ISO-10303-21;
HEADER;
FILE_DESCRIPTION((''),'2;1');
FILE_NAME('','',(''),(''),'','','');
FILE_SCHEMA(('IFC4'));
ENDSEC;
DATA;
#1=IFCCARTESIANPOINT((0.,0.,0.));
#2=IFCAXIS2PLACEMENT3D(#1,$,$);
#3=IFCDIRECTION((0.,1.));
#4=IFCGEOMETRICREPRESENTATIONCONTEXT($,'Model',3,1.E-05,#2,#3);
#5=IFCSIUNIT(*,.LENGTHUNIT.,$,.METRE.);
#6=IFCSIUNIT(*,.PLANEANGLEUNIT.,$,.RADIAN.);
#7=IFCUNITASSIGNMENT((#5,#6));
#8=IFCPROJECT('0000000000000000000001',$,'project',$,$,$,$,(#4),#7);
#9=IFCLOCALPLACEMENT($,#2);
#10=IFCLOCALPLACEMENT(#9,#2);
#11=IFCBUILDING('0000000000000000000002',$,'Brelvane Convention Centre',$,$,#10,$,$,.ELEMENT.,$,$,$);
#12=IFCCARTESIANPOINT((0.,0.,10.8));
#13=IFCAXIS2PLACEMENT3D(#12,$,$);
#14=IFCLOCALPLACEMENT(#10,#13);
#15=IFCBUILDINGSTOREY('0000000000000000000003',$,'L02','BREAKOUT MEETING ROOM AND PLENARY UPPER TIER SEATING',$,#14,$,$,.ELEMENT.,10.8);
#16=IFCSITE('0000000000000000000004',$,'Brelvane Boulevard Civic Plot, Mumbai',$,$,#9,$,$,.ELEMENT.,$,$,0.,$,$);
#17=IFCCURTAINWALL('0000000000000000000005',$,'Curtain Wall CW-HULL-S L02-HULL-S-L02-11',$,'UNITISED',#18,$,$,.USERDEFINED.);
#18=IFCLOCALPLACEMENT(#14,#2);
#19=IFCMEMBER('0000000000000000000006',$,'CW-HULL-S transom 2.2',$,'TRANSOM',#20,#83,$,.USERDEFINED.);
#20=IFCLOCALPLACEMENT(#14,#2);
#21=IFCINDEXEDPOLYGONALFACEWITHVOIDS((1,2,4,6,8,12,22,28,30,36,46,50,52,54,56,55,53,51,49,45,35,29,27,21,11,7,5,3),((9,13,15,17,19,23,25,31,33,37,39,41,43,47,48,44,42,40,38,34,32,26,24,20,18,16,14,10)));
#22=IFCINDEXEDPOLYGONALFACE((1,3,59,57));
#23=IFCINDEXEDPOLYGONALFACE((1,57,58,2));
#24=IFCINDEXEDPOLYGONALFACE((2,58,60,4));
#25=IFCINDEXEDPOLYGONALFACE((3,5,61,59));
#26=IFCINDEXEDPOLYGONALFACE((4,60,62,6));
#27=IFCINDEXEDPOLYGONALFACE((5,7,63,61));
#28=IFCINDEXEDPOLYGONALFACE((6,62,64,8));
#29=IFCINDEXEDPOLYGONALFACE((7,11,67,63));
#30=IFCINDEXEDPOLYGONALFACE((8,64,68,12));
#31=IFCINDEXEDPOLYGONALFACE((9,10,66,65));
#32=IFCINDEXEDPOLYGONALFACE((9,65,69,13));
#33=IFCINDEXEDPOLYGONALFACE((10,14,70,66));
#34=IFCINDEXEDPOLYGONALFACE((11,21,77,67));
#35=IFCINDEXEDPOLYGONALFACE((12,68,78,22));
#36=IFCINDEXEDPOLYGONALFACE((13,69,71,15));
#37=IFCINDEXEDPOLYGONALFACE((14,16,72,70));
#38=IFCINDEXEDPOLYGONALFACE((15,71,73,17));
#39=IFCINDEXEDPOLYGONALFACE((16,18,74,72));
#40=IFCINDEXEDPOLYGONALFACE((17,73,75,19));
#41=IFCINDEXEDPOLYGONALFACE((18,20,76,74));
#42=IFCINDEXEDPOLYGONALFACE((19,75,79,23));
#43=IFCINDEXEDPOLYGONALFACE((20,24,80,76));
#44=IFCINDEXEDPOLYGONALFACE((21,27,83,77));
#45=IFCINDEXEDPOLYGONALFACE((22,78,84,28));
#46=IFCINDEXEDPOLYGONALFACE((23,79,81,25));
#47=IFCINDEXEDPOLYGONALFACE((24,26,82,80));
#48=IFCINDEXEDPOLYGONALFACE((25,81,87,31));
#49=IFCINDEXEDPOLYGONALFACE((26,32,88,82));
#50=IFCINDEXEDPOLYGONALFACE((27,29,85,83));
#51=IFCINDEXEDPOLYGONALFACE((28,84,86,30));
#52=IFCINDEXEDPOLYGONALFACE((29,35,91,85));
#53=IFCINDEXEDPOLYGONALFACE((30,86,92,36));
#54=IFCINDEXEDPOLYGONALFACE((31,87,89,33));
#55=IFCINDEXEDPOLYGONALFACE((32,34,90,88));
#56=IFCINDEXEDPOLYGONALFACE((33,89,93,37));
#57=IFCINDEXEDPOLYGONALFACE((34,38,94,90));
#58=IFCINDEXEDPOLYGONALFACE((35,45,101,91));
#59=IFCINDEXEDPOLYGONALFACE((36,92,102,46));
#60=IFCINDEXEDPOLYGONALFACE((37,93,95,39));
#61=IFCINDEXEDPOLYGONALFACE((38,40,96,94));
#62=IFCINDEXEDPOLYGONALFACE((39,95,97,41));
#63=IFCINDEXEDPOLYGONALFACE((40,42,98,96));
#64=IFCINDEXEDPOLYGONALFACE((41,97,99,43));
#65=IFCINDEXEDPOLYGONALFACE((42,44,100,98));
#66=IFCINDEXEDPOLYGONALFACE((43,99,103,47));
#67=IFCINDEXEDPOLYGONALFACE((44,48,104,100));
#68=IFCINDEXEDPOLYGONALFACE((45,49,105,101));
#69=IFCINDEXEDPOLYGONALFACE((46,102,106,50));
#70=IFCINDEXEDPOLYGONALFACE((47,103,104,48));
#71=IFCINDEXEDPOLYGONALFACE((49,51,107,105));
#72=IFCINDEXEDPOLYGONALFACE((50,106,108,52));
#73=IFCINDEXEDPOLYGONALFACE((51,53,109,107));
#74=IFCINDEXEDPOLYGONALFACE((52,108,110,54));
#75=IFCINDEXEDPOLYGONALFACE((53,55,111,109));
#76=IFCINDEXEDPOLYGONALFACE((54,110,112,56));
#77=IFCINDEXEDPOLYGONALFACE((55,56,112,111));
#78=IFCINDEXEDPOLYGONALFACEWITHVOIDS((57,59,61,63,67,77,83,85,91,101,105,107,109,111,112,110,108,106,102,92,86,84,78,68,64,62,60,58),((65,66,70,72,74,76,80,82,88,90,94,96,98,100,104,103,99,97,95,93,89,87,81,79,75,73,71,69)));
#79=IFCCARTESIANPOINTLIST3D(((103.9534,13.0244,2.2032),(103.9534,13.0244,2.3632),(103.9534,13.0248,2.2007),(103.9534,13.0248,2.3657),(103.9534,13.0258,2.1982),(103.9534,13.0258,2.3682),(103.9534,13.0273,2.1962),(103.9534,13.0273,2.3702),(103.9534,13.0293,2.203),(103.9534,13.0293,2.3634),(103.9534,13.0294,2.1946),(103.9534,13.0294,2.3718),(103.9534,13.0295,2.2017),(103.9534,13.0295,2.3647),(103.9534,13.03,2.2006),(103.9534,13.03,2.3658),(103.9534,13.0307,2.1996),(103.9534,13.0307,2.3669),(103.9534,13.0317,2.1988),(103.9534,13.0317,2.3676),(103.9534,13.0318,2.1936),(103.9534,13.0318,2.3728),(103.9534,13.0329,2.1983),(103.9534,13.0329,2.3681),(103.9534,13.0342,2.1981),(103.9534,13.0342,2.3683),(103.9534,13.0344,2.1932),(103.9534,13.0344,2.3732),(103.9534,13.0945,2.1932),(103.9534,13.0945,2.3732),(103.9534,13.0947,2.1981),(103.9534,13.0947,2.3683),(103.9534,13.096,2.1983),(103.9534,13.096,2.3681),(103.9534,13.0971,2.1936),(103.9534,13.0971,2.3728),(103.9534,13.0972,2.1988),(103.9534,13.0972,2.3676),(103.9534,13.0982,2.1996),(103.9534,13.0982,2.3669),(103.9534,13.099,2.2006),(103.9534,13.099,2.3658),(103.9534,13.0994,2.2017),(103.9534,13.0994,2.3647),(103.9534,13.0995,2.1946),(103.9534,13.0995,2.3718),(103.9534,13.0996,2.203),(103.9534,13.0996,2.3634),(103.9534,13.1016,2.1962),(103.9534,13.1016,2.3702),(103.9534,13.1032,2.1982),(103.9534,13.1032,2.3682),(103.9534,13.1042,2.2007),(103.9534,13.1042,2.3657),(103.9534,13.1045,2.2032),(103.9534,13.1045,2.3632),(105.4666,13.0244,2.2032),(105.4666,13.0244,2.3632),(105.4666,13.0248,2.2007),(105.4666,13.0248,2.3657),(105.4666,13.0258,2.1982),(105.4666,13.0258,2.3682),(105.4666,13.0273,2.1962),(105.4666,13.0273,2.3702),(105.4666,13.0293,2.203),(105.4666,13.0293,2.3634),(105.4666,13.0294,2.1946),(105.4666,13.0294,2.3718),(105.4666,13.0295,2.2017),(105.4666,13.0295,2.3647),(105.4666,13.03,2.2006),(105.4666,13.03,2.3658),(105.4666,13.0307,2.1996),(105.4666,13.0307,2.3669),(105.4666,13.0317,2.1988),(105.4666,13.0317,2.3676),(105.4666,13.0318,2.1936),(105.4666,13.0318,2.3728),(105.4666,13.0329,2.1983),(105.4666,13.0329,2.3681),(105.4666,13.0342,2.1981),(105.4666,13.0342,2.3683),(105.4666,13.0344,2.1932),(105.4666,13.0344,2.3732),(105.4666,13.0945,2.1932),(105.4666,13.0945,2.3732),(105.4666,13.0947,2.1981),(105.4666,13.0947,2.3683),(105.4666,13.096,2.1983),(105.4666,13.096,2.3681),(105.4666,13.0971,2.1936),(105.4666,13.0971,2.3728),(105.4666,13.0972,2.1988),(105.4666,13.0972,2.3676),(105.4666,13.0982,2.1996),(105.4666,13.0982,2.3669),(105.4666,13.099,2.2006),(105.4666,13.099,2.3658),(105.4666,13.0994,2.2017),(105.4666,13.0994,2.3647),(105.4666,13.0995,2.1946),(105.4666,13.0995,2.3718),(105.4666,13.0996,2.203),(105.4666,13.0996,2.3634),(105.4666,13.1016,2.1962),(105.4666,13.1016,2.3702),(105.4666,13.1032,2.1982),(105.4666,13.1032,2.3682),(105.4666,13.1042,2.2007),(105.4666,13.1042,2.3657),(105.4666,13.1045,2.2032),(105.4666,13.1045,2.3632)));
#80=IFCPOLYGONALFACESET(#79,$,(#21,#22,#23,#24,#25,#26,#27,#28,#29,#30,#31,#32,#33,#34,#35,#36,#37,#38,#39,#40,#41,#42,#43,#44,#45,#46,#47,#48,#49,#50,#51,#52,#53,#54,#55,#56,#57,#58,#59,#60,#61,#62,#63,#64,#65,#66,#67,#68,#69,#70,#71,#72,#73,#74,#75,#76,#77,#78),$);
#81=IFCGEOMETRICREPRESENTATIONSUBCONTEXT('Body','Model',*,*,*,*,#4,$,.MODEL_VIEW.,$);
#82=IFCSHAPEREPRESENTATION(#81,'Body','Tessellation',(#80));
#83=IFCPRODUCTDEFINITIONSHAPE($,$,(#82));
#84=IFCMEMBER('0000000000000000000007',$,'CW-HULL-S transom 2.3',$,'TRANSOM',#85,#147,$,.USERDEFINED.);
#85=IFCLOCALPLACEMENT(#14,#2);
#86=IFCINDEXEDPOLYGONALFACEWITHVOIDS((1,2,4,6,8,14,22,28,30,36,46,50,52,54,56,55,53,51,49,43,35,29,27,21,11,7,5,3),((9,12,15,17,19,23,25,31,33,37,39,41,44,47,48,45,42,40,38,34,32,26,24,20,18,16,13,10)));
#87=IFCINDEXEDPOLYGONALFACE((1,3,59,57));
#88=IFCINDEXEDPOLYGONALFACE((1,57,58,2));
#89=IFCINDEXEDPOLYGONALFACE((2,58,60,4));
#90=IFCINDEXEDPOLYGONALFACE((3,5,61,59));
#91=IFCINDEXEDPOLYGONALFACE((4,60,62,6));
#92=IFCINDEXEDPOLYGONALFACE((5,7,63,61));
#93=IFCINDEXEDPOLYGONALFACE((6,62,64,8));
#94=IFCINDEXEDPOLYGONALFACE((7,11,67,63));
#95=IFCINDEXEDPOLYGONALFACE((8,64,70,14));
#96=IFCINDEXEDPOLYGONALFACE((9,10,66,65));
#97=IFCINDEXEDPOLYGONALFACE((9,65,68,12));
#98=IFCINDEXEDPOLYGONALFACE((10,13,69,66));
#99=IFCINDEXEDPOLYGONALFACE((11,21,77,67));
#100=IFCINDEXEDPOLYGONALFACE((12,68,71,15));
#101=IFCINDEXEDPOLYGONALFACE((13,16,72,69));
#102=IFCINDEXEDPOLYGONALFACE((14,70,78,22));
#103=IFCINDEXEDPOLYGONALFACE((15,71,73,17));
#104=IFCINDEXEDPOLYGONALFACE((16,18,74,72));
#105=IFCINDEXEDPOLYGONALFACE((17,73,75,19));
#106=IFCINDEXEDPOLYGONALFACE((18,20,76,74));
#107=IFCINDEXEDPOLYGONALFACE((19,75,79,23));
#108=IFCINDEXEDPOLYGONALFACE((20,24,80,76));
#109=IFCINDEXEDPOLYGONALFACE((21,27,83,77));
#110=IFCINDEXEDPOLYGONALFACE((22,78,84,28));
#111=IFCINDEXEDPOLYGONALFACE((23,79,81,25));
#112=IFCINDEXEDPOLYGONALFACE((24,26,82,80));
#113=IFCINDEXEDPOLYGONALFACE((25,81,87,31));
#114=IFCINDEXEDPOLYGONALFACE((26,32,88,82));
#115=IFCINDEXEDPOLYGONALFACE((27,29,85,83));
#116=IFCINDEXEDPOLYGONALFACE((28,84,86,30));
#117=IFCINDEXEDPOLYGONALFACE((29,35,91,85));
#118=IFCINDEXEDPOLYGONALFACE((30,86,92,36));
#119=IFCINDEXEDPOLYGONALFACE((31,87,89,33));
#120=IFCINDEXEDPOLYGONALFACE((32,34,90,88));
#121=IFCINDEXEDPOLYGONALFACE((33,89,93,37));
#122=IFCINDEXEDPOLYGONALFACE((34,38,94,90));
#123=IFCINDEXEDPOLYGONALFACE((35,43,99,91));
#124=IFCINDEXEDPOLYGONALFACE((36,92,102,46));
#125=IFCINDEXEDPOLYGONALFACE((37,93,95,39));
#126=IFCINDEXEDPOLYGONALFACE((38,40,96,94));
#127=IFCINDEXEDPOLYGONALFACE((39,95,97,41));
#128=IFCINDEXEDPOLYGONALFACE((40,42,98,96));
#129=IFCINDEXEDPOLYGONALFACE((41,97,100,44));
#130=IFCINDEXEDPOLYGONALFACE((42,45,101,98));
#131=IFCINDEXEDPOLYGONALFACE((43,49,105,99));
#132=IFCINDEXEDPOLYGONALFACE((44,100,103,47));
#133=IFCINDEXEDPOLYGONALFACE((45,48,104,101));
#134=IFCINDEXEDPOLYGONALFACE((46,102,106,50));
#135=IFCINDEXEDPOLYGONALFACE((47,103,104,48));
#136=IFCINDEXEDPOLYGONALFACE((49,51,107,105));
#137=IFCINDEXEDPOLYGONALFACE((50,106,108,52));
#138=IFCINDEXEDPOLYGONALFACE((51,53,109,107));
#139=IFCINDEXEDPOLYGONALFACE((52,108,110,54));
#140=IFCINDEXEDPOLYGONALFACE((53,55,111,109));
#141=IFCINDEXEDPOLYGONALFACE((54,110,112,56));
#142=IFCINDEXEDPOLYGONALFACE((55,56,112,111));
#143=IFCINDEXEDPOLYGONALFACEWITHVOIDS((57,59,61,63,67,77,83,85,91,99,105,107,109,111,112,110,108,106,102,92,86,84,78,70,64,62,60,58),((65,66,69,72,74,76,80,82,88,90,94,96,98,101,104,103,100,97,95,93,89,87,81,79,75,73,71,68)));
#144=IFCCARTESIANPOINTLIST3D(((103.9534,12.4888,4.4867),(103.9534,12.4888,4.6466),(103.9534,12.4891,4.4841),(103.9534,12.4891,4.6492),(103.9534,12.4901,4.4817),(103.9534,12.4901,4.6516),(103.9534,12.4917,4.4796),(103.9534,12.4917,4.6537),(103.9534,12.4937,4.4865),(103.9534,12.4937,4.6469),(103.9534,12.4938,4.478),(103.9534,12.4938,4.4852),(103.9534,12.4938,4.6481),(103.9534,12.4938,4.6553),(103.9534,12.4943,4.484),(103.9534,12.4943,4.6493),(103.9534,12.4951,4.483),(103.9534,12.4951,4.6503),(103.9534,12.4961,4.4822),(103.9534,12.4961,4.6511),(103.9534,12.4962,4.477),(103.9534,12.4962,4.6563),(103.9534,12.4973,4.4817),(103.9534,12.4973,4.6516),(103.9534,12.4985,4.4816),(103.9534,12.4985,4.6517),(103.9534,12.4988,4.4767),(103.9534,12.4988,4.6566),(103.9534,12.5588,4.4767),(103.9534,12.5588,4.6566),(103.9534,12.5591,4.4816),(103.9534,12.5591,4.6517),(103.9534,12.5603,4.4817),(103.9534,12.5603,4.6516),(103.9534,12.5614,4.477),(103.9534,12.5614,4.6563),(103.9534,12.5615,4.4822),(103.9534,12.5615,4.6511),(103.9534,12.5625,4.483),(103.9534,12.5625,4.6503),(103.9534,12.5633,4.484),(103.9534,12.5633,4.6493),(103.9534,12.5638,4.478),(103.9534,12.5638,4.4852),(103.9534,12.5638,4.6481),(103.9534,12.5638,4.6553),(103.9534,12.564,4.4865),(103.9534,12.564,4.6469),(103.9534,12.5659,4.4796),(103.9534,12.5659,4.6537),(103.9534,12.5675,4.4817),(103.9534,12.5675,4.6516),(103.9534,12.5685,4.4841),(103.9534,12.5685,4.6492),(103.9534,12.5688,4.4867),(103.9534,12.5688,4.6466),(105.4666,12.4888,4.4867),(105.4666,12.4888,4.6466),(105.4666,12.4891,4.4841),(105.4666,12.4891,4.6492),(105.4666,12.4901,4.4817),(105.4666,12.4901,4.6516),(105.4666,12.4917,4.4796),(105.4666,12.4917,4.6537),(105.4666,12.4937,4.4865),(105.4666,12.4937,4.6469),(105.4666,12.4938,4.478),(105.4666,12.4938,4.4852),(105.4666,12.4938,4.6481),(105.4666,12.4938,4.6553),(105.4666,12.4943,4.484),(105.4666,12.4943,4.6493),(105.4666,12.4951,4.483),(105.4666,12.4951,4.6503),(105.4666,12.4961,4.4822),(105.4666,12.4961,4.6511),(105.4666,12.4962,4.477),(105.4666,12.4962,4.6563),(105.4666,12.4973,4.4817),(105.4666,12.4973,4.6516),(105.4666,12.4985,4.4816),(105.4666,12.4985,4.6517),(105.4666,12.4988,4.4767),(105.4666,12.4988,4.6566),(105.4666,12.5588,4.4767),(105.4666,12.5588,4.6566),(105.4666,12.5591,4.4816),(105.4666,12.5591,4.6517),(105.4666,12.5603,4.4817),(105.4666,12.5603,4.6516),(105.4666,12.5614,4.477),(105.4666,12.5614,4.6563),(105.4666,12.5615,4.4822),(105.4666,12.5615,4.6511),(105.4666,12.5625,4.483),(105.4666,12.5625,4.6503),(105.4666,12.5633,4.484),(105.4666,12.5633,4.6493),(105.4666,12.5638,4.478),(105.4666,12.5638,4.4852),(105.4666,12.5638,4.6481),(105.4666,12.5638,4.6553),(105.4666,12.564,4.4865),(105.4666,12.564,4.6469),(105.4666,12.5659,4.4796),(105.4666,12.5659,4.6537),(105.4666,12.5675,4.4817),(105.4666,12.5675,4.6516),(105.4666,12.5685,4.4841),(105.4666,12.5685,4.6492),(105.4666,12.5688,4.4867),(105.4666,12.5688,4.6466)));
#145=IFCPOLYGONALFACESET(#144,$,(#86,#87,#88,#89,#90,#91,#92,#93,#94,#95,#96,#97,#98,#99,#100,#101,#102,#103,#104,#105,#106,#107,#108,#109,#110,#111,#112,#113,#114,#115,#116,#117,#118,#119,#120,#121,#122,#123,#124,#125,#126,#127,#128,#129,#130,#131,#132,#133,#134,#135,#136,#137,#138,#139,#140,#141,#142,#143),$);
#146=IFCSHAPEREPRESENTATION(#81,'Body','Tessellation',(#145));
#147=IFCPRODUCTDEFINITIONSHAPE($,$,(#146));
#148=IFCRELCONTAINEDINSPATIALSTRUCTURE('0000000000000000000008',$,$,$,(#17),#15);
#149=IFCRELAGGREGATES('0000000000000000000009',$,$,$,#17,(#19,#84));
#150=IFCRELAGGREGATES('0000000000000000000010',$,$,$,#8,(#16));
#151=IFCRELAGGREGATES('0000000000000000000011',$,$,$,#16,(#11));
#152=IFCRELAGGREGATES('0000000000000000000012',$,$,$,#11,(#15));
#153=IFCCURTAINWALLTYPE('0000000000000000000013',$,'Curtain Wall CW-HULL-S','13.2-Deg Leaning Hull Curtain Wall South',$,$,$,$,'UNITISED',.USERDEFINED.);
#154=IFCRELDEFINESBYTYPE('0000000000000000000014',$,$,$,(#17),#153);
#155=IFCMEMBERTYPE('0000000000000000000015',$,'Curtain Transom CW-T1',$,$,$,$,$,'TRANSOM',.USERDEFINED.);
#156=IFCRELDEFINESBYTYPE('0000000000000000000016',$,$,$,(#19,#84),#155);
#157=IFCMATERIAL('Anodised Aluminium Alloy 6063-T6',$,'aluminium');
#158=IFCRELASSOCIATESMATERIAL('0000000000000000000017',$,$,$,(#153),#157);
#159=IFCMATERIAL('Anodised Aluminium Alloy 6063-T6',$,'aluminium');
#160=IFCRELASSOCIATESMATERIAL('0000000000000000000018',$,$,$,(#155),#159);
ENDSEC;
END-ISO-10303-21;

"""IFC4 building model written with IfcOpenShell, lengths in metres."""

from ifc_helpers import new_model, si_unit, direction, frame, origin, origin_2d, place, context, subcontext, project, spatial, hollow_rectangle, extrude, material, material_profile, profile_set, type_object, element, aggregate, save


model = new_model("IFC4")

# Units and contexts
model_context = context("Model", 3, precision=1e-05, world=origin(), true_north=direction((0.0, 1.0)))
body_context = subcontext(model_context, "Body", "Model", "MODEL_VIEW")
ifc_project = project(units=[si_unit("LENGTHUNIT", "METRE"), si_unit("PLANEANGLEUNIT", "RADIAN")], contexts=[model_context])

# Site, building, storey
site_placement = place(None, origin())
site = spatial("IfcSite", under=ifc_project, at=site_placement, Name="Brelvane Boulevard Civic Plot, Mumbai", CompositionType="ELEMENT", RefElevation=0.0)
building_placement = place(site_placement, origin())
building = spatial("IfcBuilding", under=site, at=building_placement, Name="Brelvane Convention Centre", CompositionType="ELEMENT")
storey_placement = place(building_placement, frame((0.0, 0.0, 10.8)))
storey = spatial("IfcBuildingStorey", under=building, at=storey_placement, Name="L02", Description="BREAKOUT MEETING ROOM AND PLENARY UPPER TIER SEATING", CompositionType="ELEMENT", Elevation=10.8)

# Curtain wall, members
ifc_material_1 = material(Name="Anodised Aluminium Alloy 6063-T6", Category="aluminium")
curtain_wall_type = type_object("IfcCurtainWallType", Name="Curtain Wall CW-HULL-S", Description="13.2-Deg Leaning Hull Curtain Wall South", ElementType="UNITISED", PredefinedType="USERDEFINED", material=ifc_material_1)
ifc_material_2 = material(Name="Anodised Aluminium Alloy 6063-T6", Category="aluminium")
ifc_material_profile = material_profile(ifc_material_2, hollow_rectangle(XDim=0.0801, YDim=0.1799, WallThickness=0.0049, InnerFilletRadius=0.0049, OuterFilletRadius=0.01, at=origin_2d()), Name="ALU-T 180x80x5.0")
ifc_profile_set = profile_set([ifc_material_profile], Name="Anodised Aluminium Alloy 6063-T6")
member_type = type_object("IfcMemberType", Name="Curtain Transom CW-T1", ElementType="TRANSOM", PredefinedType="USERDEFINED", material=ifc_profile_set)
curtain_wall_1_placement = place(storey_placement, origin())
curtain_wall_1 = element("IfcCurtainWall", 1, at=curtain_wall_1_placement, inside=storey, type_object=curtain_wall_type, Name="Curtain Wall CW-HULL-S L02-HULL-S-L02-11", ObjectType="UNITISED", PredefinedType="USERDEFINED")
member_1_placement = place(storey_placement, frame((103.9534, 13.0645, 2.2832), z_axis=(1.0, 0.0, 0.0), x_axis=(0.0, 1.0, 0.0)))
member_1 = element("IfcMember", 2, at=member_1_placement, type_object=member_type, Name="CW-HULL-S transom 2.2", ObjectType="TRANSOM", PredefinedType="USERDEFINED", context=body_context, shape_type="SweptSolid", body=[
    extrude(hollow_rectangle(XDim=0.0801, YDim=0.1799, WallThickness=0.0049, InnerFilletRadius=0.0049, OuterFilletRadius=0.01, at=origin_2d()), origin(), (0.0, 0.0, 1.0), 1.5132),
])
member_2_placement = place(storey_placement, frame((103.9534, 12.5288, 4.5667), z_axis=(1.0, 0.0, 0.0), x_axis=(0.0, 1.0, 0.0)))
member_2 = element("IfcMember", 3, at=member_2_placement, type_object=member_type, Name="CW-HULL-S transom 2.3", ObjectType="TRANSOM", PredefinedType="USERDEFINED", context=body_context, shape_type="SweptSolid", body=[
    extrude(hollow_rectangle(XDim=0.0801, YDim=0.1799, WallThickness=0.0049, InnerFilletRadius=0.0049, OuterFilletRadius=0.01, at=origin_2d()), origin(), (0.0, 0.0, 1.0), 1.5132),
])

aggregate(curtain_wall_1, [member_1, member_2])

save(model, "model.ifc")
